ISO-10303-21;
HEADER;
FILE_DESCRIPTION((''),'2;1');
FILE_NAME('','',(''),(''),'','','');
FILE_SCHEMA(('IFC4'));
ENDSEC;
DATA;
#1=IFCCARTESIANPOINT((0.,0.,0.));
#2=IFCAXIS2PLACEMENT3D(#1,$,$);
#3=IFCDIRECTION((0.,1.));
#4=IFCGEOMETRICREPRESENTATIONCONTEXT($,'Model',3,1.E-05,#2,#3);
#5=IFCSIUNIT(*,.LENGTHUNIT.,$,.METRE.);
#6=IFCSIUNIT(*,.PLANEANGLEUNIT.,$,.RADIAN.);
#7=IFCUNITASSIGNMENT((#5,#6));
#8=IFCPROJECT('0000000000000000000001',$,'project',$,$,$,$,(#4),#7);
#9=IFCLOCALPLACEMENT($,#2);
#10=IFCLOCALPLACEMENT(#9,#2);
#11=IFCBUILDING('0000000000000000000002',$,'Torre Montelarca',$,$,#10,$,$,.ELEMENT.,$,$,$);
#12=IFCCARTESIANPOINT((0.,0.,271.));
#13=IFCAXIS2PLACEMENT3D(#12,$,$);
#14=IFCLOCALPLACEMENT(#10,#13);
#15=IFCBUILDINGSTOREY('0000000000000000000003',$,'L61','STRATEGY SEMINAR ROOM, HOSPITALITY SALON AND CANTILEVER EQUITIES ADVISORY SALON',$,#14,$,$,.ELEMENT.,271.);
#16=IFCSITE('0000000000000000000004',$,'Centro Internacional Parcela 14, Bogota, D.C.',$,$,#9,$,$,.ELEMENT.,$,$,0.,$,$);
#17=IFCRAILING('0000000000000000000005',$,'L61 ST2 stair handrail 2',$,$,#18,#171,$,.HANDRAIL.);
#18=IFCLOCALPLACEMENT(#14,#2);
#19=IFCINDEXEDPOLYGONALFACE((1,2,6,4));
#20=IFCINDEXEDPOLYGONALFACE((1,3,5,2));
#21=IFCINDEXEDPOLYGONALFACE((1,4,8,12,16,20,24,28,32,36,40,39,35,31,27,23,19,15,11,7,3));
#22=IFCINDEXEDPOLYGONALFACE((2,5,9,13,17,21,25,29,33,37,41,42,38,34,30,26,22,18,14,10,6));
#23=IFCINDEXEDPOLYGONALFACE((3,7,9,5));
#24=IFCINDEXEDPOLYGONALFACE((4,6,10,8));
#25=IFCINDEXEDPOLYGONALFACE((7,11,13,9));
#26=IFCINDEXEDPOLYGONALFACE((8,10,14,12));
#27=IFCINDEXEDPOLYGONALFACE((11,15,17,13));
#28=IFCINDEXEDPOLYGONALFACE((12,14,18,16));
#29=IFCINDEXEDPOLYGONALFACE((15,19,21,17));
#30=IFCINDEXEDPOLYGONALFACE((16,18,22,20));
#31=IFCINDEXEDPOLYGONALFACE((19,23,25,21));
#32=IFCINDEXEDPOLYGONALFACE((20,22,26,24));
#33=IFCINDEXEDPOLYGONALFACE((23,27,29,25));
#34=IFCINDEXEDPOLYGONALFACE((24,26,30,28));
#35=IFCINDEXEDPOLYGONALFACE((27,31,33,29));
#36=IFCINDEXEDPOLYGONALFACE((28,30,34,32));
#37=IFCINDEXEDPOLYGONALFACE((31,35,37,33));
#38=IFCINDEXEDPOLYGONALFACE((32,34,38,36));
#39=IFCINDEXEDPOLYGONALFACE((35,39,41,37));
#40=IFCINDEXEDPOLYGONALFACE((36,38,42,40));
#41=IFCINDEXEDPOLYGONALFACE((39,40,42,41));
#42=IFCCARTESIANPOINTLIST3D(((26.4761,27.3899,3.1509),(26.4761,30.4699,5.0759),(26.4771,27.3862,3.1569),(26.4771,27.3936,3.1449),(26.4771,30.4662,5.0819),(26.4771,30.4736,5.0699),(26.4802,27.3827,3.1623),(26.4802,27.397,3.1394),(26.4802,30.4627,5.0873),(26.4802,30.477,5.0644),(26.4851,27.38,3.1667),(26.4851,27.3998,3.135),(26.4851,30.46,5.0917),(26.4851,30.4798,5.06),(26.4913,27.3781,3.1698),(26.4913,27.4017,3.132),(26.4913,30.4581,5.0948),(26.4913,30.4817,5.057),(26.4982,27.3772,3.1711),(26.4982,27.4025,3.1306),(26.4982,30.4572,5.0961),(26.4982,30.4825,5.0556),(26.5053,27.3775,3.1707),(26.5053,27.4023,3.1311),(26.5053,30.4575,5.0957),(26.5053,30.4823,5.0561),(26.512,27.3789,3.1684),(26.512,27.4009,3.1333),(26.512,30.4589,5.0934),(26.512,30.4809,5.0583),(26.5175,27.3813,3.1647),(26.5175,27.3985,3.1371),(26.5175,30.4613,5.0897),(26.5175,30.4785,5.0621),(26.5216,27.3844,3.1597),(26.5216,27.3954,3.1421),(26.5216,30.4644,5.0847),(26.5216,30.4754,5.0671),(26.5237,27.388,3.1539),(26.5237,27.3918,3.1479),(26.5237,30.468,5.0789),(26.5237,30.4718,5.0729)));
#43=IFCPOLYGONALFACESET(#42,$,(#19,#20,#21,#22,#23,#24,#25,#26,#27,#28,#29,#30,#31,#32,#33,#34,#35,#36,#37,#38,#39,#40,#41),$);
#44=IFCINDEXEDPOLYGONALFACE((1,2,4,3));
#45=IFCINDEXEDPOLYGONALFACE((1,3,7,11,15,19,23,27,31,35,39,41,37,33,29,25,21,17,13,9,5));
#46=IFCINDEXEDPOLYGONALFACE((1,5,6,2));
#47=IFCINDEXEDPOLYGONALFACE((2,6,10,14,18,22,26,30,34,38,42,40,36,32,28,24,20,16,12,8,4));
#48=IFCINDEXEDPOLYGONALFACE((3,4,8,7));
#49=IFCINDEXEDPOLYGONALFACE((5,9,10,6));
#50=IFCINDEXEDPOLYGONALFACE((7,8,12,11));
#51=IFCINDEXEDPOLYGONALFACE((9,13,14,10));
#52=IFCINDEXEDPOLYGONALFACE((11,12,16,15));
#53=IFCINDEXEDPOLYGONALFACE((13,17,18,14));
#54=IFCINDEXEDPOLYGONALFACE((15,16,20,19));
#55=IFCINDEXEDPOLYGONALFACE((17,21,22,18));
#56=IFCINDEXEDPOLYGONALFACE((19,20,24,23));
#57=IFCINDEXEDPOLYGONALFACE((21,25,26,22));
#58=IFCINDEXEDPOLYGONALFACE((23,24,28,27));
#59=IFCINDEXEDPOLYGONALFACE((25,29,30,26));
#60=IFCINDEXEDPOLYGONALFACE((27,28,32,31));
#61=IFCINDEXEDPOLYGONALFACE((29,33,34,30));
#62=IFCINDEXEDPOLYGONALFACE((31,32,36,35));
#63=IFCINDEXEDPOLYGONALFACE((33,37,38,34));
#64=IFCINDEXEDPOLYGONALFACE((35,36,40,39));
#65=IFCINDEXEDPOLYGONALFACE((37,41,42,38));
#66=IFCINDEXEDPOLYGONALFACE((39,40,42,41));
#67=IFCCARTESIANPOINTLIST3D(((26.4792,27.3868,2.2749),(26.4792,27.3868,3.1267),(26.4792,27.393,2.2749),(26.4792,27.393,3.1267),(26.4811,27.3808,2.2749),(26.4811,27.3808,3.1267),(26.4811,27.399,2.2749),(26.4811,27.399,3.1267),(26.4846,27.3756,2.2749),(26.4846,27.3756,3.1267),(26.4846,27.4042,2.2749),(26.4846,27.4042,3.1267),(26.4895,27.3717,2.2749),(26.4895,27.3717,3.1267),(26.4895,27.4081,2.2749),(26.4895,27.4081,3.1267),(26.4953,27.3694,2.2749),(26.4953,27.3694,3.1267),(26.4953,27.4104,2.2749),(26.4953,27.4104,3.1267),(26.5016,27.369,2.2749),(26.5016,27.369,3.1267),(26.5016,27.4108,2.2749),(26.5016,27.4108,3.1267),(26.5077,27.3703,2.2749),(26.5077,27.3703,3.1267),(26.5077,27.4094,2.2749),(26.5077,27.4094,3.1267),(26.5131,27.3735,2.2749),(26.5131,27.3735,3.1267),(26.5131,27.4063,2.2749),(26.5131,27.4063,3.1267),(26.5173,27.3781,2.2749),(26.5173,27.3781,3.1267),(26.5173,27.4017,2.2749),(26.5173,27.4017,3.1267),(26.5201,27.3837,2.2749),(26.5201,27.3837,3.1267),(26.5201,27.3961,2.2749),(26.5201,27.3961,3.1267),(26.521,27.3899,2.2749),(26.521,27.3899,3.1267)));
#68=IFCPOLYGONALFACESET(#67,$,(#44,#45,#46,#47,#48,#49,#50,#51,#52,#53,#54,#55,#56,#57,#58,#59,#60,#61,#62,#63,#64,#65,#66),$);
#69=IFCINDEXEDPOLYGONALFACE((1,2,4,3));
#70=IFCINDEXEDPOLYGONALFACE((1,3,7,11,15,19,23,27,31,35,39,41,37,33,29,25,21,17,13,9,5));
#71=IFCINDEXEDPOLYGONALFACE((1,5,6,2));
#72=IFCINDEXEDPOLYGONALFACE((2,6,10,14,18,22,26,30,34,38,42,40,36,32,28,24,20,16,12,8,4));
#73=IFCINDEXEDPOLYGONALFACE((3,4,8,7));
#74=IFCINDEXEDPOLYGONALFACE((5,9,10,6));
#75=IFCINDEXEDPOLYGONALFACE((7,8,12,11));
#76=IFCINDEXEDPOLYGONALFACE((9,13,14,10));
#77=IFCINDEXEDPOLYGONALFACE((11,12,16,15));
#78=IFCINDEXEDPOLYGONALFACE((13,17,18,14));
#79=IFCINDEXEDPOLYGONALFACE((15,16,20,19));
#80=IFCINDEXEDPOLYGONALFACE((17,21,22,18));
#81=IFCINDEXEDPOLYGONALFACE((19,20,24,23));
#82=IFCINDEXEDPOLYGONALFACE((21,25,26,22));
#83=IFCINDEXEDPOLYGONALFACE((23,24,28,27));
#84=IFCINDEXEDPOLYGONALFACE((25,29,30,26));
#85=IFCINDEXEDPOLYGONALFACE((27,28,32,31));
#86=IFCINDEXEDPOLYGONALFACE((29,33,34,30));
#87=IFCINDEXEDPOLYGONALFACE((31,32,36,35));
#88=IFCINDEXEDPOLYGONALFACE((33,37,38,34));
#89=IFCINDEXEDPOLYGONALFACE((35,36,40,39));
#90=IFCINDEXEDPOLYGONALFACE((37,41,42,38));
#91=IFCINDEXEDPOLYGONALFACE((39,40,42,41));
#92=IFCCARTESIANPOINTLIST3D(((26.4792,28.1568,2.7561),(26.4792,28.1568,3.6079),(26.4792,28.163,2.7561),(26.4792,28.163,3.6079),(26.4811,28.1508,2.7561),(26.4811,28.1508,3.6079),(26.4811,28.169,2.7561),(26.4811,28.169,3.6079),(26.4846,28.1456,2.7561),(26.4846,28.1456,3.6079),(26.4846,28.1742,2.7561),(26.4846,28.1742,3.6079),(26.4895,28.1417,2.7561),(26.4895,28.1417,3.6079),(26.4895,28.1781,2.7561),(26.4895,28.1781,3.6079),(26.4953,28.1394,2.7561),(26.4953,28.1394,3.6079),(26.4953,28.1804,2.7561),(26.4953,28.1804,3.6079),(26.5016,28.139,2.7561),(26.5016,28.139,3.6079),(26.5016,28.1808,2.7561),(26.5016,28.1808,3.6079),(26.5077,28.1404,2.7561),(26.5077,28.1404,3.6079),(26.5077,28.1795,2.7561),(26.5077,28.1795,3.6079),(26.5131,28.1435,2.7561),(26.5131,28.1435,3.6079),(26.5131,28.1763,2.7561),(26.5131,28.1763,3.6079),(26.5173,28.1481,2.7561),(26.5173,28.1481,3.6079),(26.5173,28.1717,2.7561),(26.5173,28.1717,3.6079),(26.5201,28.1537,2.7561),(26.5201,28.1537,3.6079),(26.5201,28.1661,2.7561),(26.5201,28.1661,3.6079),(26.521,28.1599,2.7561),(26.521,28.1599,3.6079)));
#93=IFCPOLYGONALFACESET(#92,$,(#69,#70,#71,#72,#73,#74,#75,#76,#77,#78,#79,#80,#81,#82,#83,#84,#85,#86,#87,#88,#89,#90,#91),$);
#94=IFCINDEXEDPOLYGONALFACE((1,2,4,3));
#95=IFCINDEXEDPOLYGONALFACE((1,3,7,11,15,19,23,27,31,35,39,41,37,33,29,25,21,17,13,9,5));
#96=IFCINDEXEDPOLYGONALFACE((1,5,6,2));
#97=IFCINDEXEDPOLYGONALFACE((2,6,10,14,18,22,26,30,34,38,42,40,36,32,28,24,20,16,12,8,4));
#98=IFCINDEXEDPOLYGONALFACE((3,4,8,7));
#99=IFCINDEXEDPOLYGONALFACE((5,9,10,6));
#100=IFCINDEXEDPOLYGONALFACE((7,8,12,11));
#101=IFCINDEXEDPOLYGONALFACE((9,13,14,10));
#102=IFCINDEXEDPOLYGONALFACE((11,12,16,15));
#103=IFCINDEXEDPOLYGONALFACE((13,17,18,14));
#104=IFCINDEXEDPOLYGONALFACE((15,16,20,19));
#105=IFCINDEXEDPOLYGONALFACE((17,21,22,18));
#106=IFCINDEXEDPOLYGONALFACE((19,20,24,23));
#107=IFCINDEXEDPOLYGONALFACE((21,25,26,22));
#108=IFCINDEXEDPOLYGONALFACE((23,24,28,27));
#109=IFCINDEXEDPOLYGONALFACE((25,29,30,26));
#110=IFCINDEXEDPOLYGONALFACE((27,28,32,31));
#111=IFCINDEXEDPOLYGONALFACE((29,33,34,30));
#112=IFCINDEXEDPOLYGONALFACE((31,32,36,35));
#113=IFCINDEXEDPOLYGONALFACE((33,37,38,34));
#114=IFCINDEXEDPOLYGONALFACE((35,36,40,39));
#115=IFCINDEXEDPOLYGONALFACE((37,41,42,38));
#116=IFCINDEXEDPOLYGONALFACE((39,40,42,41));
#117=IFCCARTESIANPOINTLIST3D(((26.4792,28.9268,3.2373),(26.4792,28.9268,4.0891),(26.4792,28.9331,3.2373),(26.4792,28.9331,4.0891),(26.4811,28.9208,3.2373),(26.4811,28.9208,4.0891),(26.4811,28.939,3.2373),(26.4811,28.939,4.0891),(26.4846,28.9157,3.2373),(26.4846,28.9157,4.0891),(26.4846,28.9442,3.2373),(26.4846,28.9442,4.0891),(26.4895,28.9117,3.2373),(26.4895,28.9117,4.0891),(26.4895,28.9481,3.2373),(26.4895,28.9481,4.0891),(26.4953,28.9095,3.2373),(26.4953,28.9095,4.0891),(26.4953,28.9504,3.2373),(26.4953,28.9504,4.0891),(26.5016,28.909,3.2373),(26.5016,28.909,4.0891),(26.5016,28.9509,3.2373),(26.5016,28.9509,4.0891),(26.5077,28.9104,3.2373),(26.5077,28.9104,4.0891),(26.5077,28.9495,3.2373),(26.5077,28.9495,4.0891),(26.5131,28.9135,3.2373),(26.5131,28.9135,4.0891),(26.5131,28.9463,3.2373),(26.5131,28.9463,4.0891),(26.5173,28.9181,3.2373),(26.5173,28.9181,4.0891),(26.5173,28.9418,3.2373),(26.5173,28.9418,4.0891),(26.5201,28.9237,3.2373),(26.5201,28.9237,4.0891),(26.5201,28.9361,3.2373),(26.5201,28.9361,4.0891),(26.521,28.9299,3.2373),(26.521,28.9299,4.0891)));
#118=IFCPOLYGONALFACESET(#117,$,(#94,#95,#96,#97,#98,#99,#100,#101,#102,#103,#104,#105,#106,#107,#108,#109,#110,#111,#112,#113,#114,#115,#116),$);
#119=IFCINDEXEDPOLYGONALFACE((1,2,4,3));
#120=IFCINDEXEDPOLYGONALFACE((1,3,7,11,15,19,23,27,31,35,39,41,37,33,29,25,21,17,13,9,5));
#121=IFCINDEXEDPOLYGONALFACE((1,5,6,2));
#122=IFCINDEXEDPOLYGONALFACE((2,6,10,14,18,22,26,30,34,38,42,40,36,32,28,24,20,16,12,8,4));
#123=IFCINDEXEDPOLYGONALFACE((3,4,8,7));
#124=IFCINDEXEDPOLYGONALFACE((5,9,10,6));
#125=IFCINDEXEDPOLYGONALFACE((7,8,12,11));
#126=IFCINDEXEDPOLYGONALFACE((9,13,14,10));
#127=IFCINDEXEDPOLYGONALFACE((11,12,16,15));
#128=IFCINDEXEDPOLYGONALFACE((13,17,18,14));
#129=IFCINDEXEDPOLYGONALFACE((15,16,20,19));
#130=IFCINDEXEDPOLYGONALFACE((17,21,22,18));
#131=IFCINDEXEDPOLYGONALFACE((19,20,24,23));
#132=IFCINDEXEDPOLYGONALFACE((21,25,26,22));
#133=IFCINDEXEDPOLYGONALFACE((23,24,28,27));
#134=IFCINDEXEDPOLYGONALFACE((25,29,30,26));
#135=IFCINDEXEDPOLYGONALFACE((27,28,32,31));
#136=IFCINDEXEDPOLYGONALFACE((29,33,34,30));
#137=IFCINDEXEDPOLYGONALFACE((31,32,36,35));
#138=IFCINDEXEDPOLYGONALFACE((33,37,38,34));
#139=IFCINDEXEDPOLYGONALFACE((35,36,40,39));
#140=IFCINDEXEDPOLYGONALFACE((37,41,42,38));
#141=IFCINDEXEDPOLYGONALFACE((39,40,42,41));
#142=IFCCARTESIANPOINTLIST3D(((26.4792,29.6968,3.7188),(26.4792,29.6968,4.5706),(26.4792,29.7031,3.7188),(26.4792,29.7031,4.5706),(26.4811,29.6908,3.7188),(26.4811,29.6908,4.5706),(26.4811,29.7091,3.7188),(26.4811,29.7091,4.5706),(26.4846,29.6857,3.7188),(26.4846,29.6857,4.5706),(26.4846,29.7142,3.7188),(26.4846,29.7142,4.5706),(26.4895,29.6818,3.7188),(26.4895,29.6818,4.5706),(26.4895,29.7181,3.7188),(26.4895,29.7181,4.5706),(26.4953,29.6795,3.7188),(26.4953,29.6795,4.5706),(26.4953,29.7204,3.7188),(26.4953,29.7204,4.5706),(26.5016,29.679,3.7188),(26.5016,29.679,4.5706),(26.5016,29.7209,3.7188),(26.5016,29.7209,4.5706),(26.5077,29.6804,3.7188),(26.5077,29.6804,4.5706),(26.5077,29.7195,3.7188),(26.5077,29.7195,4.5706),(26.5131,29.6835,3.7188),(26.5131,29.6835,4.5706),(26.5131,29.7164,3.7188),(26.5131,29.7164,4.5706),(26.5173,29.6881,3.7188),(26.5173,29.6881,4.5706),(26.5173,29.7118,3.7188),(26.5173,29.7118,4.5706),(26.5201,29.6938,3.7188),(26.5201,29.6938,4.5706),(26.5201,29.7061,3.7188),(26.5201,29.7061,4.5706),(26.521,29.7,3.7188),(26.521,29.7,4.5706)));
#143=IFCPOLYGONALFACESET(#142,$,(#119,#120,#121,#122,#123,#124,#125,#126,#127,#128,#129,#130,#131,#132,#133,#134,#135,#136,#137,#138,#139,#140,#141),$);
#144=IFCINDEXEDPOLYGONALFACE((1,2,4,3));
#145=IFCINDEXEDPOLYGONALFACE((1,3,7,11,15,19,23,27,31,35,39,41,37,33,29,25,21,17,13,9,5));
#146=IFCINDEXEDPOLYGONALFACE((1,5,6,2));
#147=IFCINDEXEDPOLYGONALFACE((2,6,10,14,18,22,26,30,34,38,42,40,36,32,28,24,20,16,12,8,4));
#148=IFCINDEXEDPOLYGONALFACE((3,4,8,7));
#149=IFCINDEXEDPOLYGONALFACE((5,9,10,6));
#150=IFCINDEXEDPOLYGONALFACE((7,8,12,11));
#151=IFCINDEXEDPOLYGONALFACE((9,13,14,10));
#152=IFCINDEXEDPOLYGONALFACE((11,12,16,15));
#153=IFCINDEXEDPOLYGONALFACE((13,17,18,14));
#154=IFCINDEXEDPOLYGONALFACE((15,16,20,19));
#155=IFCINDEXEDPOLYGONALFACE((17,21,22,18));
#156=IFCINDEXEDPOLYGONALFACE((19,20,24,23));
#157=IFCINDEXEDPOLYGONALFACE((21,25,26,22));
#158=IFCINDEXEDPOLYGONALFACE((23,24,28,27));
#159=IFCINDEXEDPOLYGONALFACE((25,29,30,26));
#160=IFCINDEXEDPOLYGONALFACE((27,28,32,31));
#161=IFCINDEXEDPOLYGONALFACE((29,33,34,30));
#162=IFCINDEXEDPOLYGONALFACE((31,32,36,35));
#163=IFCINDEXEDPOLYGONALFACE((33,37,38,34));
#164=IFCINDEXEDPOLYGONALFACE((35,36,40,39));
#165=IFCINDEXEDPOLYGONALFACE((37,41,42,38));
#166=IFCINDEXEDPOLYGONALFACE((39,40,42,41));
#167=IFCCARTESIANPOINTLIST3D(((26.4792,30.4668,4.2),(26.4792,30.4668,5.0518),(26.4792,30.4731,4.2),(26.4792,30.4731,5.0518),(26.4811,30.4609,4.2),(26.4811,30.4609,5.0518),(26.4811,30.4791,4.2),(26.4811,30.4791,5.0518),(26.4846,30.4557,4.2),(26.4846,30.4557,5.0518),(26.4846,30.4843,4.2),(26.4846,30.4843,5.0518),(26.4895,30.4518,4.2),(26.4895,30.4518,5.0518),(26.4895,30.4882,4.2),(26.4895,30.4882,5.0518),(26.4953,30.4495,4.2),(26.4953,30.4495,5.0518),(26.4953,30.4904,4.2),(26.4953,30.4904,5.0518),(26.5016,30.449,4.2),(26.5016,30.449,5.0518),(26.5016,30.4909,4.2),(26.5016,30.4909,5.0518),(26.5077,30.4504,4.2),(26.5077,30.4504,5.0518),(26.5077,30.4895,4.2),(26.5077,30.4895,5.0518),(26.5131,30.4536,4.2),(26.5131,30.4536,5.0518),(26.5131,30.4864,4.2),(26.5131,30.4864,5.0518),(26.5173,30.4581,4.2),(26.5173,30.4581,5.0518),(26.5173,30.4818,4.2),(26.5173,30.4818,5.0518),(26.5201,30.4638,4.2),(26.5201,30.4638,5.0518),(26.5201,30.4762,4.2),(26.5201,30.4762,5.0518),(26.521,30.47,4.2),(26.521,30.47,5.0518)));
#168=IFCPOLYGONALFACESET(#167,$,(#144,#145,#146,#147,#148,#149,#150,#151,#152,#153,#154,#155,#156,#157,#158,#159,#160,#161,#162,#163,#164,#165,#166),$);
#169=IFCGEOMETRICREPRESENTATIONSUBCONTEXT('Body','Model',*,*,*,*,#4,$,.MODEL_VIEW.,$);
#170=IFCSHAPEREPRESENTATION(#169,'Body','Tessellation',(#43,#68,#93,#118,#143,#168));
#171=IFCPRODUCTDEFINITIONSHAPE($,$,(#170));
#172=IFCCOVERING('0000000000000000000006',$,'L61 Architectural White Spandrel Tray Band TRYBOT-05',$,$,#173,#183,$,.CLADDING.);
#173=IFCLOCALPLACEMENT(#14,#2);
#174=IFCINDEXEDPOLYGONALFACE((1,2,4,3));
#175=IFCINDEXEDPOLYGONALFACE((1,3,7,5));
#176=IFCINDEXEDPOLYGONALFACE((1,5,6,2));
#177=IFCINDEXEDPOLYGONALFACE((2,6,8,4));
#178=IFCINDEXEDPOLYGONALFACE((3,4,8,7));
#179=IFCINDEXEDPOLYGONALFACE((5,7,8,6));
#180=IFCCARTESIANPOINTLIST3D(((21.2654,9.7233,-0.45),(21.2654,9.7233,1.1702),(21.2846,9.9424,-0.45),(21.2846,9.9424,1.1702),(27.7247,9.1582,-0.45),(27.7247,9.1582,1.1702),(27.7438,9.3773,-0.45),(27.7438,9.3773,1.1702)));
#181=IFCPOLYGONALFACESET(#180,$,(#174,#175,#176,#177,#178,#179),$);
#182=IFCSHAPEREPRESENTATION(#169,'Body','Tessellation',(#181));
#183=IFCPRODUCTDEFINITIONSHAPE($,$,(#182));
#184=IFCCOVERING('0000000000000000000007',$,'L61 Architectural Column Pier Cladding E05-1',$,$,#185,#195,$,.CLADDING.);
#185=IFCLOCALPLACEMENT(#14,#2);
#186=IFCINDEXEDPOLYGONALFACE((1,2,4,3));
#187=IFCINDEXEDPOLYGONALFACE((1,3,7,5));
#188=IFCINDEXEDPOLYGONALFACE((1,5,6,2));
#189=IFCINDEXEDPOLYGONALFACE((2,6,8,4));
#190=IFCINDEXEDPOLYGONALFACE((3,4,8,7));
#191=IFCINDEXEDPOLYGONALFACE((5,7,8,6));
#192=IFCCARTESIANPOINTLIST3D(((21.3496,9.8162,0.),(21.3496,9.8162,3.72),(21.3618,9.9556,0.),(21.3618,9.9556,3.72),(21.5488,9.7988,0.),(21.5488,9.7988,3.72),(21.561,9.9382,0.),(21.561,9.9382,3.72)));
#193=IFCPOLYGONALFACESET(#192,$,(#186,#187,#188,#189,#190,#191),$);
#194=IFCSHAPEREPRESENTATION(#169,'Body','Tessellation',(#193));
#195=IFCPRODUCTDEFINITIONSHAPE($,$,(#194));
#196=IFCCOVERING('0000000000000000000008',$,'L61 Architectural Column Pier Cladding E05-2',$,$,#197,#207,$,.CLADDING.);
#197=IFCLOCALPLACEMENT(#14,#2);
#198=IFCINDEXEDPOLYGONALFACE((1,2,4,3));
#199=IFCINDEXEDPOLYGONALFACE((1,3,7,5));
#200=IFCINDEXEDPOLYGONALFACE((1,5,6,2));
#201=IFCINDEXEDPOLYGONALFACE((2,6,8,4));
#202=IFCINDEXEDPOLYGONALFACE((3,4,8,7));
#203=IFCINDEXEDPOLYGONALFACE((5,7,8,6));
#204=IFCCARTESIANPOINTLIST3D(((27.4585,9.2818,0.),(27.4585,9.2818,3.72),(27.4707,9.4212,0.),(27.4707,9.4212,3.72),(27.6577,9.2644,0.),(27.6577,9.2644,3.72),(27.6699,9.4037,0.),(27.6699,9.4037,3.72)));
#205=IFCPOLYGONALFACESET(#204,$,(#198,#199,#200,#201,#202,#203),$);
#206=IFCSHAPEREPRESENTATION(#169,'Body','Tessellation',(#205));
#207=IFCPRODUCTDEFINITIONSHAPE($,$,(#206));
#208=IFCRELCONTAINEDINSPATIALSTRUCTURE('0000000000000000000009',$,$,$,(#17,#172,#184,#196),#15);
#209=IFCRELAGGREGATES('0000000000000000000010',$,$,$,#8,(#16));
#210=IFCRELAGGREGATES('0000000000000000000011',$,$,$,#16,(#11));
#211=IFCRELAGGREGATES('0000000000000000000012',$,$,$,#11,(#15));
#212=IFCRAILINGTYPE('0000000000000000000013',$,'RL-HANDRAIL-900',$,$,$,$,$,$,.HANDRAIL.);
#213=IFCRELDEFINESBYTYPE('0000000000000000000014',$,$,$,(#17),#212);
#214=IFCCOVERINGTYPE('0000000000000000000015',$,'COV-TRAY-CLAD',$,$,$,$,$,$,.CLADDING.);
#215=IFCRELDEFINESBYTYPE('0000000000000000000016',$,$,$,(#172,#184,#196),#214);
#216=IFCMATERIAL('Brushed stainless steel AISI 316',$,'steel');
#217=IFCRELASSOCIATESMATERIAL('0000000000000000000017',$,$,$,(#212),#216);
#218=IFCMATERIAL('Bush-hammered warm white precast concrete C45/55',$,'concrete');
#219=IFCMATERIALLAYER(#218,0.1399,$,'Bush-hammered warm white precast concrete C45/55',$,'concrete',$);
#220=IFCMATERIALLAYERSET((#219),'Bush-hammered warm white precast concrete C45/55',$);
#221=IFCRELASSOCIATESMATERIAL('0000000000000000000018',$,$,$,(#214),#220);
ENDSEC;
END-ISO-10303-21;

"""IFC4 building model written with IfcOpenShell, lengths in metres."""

from ifc_helpers import new_model, si_unit, direction, frame, origin, origin_2d, place, context, subcontext, project, spatial, rectangle, circle, extrude, source, transform, mapped, material, layer, layer_set, type_object, element, save


model = new_model("IFC4")

# Units and contexts
model_context = context("Model", 3, precision=1e-05, world=origin(), true_north=direction((0.0, 1.0)))
body_context = subcontext(model_context, "Body", "Model", "MODEL_VIEW")
ifc_project = project(units=[si_unit("LENGTHUNIT", "METRE"), si_unit("PLANEANGLEUNIT", "RADIAN")], contexts=[model_context])

# Site, building, storey
site_placement = place(None, origin())
site = spatial("IfcSite", under=ifc_project, at=site_placement, Name="Centro Internacional Parcela 14, Bogota, D.C.", CompositionType="ELEMENT", RefElevation=0.0)
building_placement = place(site_placement, origin())
building = spatial("IfcBuilding", under=site, at=building_placement, Name="Torre Montelarca", CompositionType="ELEMENT")
storey_placement = place(building_placement, frame((0.0, 0.0, 271.0)))
storey = spatial("IfcBuildingStorey", under=building, at=storey_placement, Name="L61", Description="STRATEGY SEMINAR ROOM, HOSPITALITY SALON AND CANTILEVER EQUITIES ADVISORY SALON", CompositionType="ELEMENT", Elevation=271.0)

# Railing
ifc_material_1 = material(Name="Brushed stainless steel AISI 316", Category="steel")
railing_type_1 = type_object("IfcRailingType", Name="RL-HANDRAIL-900", PredefinedType="HANDRAIL", material=ifc_material_1)
railing_1_placement = place(storey_placement, frame((26.5, 27.3899, 2.2749)))
element("IfcRailing", 1, at=railing_1_placement, inside=storey, type_object=railing_type_1, Name="L61 ST2 stair handrail 2", PredefinedType="HANDRAIL", context=body_context, shape_type="SweptSolid", body=[
    extrude(circle(Radius=0.0239, at=origin_2d()), frame((0.0, 0.0, 0.876), z_axis=(0.0, 0.847998, 0.529999), x_axis=(-1.0, 0.0, 0.0)), (0.0, 0.0, 1.0), 3.6321),
    extrude(circle(Radius=0.021, at=origin_2d()), origin(), (0.0, 0.0, 1.0), 0.8518),
    extrude(circle(Radius=0.021, at=origin_2d()), frame((0.0, 0.77, 0.4812)), (0.0, 0.0, 1.0), 0.8518),
    extrude(circle(Radius=0.021, at=origin_2d()), frame((0.0, 1.54, 0.9624)), (0.0, 0.0, 1.0), 0.8518),
    extrude(circle(Radius=0.021, at=origin_2d()), frame((0.0, 2.3101, 1.4438)), (0.0, 0.0, 1.0), 0.8518),
    extrude(circle(Radius=0.021, at=origin_2d()), frame((0.0, 3.0801, 1.925)), (0.0, 0.0, 1.0), 0.8518),
])

# Coverings
ifc_material_2 = material(Name="Bush-hammered warm white precast concrete C45/55", Category="concrete")
ifc_layer_1 = layer(ifc_material_2, 0.1399, Name="Bush-hammered warm white precast concrete C45/55", Category="concrete")
ifc_layer_set_1 = layer_set([ifc_layer_1], Name="Bush-hammered warm white precast concrete C45/55")
covering_type = type_object("IfcCoveringType", Name="COV-TRAY-CLAD", PredefinedType="CLADDING", material=ifc_layer_set_1)
shared_shape_1 = source(origin(), body_context, "Body", "SweptSolid", [
    extrude(rectangle(XDim=6.4839, YDim=0.22, at=origin_2d()), origin(), (0.0, 0.0, 1.0), 1.6201),
])
covering_placement = place(storey_placement, frame((24.5046, 9.5503, -0.45), z_axis=(0.0, 0.0, 1.0), x_axis=(0.996195, -0.087147, 0.0)))
element("IfcCovering", 2, at=covering_placement, inside=storey, type_object=covering_type, Name="L61 Architectural White Spandrel Tray Band TRYBOT-05", PredefinedType="CLADDING", context=body_context, shape_type="MappedRepresentation", body=[
    mapped(shared_shape_1, transform((0.0, 0.0, 0.0), scale=1.0)),
])
shared_shape_2 = source(origin(), body_context, "Body", "SweptSolid", [
    extrude(rectangle(XDim=0.2, YDim=0.1399, at=origin_2d()), origin(), (0.0, 0.0, 1.0), 3.72),
])
for number, where, z_axis, x_axis, name in (
    (3, (21.4553, 9.8772, 0.0), (0.0, 0.0, 1.0), (0.996194, -0.087161, 0.0), "L61 Architectural Column Pier Cladding E05-1"),
    (4, (27.5642, 9.3428, 0.0), (0.0, 0.0, 1.0), (0.996194, -0.087161, 0.0), "L61 Architectural Column Pier Cladding E05-2"),
):
    element("IfcCovering", number, at=place(storey_placement, frame(where, z_axis=z_axis, x_axis=x_axis)), inside=storey, type_object=covering_type, Name=name, PredefinedType="CLADDING", context=body_context, shape_type="MappedRepresentation", body=[
        mapped(shared_shape_2, transform((0.0, 0.0, 0.0), scale=1.0)),
    ])

save(model, "model.ifc")
